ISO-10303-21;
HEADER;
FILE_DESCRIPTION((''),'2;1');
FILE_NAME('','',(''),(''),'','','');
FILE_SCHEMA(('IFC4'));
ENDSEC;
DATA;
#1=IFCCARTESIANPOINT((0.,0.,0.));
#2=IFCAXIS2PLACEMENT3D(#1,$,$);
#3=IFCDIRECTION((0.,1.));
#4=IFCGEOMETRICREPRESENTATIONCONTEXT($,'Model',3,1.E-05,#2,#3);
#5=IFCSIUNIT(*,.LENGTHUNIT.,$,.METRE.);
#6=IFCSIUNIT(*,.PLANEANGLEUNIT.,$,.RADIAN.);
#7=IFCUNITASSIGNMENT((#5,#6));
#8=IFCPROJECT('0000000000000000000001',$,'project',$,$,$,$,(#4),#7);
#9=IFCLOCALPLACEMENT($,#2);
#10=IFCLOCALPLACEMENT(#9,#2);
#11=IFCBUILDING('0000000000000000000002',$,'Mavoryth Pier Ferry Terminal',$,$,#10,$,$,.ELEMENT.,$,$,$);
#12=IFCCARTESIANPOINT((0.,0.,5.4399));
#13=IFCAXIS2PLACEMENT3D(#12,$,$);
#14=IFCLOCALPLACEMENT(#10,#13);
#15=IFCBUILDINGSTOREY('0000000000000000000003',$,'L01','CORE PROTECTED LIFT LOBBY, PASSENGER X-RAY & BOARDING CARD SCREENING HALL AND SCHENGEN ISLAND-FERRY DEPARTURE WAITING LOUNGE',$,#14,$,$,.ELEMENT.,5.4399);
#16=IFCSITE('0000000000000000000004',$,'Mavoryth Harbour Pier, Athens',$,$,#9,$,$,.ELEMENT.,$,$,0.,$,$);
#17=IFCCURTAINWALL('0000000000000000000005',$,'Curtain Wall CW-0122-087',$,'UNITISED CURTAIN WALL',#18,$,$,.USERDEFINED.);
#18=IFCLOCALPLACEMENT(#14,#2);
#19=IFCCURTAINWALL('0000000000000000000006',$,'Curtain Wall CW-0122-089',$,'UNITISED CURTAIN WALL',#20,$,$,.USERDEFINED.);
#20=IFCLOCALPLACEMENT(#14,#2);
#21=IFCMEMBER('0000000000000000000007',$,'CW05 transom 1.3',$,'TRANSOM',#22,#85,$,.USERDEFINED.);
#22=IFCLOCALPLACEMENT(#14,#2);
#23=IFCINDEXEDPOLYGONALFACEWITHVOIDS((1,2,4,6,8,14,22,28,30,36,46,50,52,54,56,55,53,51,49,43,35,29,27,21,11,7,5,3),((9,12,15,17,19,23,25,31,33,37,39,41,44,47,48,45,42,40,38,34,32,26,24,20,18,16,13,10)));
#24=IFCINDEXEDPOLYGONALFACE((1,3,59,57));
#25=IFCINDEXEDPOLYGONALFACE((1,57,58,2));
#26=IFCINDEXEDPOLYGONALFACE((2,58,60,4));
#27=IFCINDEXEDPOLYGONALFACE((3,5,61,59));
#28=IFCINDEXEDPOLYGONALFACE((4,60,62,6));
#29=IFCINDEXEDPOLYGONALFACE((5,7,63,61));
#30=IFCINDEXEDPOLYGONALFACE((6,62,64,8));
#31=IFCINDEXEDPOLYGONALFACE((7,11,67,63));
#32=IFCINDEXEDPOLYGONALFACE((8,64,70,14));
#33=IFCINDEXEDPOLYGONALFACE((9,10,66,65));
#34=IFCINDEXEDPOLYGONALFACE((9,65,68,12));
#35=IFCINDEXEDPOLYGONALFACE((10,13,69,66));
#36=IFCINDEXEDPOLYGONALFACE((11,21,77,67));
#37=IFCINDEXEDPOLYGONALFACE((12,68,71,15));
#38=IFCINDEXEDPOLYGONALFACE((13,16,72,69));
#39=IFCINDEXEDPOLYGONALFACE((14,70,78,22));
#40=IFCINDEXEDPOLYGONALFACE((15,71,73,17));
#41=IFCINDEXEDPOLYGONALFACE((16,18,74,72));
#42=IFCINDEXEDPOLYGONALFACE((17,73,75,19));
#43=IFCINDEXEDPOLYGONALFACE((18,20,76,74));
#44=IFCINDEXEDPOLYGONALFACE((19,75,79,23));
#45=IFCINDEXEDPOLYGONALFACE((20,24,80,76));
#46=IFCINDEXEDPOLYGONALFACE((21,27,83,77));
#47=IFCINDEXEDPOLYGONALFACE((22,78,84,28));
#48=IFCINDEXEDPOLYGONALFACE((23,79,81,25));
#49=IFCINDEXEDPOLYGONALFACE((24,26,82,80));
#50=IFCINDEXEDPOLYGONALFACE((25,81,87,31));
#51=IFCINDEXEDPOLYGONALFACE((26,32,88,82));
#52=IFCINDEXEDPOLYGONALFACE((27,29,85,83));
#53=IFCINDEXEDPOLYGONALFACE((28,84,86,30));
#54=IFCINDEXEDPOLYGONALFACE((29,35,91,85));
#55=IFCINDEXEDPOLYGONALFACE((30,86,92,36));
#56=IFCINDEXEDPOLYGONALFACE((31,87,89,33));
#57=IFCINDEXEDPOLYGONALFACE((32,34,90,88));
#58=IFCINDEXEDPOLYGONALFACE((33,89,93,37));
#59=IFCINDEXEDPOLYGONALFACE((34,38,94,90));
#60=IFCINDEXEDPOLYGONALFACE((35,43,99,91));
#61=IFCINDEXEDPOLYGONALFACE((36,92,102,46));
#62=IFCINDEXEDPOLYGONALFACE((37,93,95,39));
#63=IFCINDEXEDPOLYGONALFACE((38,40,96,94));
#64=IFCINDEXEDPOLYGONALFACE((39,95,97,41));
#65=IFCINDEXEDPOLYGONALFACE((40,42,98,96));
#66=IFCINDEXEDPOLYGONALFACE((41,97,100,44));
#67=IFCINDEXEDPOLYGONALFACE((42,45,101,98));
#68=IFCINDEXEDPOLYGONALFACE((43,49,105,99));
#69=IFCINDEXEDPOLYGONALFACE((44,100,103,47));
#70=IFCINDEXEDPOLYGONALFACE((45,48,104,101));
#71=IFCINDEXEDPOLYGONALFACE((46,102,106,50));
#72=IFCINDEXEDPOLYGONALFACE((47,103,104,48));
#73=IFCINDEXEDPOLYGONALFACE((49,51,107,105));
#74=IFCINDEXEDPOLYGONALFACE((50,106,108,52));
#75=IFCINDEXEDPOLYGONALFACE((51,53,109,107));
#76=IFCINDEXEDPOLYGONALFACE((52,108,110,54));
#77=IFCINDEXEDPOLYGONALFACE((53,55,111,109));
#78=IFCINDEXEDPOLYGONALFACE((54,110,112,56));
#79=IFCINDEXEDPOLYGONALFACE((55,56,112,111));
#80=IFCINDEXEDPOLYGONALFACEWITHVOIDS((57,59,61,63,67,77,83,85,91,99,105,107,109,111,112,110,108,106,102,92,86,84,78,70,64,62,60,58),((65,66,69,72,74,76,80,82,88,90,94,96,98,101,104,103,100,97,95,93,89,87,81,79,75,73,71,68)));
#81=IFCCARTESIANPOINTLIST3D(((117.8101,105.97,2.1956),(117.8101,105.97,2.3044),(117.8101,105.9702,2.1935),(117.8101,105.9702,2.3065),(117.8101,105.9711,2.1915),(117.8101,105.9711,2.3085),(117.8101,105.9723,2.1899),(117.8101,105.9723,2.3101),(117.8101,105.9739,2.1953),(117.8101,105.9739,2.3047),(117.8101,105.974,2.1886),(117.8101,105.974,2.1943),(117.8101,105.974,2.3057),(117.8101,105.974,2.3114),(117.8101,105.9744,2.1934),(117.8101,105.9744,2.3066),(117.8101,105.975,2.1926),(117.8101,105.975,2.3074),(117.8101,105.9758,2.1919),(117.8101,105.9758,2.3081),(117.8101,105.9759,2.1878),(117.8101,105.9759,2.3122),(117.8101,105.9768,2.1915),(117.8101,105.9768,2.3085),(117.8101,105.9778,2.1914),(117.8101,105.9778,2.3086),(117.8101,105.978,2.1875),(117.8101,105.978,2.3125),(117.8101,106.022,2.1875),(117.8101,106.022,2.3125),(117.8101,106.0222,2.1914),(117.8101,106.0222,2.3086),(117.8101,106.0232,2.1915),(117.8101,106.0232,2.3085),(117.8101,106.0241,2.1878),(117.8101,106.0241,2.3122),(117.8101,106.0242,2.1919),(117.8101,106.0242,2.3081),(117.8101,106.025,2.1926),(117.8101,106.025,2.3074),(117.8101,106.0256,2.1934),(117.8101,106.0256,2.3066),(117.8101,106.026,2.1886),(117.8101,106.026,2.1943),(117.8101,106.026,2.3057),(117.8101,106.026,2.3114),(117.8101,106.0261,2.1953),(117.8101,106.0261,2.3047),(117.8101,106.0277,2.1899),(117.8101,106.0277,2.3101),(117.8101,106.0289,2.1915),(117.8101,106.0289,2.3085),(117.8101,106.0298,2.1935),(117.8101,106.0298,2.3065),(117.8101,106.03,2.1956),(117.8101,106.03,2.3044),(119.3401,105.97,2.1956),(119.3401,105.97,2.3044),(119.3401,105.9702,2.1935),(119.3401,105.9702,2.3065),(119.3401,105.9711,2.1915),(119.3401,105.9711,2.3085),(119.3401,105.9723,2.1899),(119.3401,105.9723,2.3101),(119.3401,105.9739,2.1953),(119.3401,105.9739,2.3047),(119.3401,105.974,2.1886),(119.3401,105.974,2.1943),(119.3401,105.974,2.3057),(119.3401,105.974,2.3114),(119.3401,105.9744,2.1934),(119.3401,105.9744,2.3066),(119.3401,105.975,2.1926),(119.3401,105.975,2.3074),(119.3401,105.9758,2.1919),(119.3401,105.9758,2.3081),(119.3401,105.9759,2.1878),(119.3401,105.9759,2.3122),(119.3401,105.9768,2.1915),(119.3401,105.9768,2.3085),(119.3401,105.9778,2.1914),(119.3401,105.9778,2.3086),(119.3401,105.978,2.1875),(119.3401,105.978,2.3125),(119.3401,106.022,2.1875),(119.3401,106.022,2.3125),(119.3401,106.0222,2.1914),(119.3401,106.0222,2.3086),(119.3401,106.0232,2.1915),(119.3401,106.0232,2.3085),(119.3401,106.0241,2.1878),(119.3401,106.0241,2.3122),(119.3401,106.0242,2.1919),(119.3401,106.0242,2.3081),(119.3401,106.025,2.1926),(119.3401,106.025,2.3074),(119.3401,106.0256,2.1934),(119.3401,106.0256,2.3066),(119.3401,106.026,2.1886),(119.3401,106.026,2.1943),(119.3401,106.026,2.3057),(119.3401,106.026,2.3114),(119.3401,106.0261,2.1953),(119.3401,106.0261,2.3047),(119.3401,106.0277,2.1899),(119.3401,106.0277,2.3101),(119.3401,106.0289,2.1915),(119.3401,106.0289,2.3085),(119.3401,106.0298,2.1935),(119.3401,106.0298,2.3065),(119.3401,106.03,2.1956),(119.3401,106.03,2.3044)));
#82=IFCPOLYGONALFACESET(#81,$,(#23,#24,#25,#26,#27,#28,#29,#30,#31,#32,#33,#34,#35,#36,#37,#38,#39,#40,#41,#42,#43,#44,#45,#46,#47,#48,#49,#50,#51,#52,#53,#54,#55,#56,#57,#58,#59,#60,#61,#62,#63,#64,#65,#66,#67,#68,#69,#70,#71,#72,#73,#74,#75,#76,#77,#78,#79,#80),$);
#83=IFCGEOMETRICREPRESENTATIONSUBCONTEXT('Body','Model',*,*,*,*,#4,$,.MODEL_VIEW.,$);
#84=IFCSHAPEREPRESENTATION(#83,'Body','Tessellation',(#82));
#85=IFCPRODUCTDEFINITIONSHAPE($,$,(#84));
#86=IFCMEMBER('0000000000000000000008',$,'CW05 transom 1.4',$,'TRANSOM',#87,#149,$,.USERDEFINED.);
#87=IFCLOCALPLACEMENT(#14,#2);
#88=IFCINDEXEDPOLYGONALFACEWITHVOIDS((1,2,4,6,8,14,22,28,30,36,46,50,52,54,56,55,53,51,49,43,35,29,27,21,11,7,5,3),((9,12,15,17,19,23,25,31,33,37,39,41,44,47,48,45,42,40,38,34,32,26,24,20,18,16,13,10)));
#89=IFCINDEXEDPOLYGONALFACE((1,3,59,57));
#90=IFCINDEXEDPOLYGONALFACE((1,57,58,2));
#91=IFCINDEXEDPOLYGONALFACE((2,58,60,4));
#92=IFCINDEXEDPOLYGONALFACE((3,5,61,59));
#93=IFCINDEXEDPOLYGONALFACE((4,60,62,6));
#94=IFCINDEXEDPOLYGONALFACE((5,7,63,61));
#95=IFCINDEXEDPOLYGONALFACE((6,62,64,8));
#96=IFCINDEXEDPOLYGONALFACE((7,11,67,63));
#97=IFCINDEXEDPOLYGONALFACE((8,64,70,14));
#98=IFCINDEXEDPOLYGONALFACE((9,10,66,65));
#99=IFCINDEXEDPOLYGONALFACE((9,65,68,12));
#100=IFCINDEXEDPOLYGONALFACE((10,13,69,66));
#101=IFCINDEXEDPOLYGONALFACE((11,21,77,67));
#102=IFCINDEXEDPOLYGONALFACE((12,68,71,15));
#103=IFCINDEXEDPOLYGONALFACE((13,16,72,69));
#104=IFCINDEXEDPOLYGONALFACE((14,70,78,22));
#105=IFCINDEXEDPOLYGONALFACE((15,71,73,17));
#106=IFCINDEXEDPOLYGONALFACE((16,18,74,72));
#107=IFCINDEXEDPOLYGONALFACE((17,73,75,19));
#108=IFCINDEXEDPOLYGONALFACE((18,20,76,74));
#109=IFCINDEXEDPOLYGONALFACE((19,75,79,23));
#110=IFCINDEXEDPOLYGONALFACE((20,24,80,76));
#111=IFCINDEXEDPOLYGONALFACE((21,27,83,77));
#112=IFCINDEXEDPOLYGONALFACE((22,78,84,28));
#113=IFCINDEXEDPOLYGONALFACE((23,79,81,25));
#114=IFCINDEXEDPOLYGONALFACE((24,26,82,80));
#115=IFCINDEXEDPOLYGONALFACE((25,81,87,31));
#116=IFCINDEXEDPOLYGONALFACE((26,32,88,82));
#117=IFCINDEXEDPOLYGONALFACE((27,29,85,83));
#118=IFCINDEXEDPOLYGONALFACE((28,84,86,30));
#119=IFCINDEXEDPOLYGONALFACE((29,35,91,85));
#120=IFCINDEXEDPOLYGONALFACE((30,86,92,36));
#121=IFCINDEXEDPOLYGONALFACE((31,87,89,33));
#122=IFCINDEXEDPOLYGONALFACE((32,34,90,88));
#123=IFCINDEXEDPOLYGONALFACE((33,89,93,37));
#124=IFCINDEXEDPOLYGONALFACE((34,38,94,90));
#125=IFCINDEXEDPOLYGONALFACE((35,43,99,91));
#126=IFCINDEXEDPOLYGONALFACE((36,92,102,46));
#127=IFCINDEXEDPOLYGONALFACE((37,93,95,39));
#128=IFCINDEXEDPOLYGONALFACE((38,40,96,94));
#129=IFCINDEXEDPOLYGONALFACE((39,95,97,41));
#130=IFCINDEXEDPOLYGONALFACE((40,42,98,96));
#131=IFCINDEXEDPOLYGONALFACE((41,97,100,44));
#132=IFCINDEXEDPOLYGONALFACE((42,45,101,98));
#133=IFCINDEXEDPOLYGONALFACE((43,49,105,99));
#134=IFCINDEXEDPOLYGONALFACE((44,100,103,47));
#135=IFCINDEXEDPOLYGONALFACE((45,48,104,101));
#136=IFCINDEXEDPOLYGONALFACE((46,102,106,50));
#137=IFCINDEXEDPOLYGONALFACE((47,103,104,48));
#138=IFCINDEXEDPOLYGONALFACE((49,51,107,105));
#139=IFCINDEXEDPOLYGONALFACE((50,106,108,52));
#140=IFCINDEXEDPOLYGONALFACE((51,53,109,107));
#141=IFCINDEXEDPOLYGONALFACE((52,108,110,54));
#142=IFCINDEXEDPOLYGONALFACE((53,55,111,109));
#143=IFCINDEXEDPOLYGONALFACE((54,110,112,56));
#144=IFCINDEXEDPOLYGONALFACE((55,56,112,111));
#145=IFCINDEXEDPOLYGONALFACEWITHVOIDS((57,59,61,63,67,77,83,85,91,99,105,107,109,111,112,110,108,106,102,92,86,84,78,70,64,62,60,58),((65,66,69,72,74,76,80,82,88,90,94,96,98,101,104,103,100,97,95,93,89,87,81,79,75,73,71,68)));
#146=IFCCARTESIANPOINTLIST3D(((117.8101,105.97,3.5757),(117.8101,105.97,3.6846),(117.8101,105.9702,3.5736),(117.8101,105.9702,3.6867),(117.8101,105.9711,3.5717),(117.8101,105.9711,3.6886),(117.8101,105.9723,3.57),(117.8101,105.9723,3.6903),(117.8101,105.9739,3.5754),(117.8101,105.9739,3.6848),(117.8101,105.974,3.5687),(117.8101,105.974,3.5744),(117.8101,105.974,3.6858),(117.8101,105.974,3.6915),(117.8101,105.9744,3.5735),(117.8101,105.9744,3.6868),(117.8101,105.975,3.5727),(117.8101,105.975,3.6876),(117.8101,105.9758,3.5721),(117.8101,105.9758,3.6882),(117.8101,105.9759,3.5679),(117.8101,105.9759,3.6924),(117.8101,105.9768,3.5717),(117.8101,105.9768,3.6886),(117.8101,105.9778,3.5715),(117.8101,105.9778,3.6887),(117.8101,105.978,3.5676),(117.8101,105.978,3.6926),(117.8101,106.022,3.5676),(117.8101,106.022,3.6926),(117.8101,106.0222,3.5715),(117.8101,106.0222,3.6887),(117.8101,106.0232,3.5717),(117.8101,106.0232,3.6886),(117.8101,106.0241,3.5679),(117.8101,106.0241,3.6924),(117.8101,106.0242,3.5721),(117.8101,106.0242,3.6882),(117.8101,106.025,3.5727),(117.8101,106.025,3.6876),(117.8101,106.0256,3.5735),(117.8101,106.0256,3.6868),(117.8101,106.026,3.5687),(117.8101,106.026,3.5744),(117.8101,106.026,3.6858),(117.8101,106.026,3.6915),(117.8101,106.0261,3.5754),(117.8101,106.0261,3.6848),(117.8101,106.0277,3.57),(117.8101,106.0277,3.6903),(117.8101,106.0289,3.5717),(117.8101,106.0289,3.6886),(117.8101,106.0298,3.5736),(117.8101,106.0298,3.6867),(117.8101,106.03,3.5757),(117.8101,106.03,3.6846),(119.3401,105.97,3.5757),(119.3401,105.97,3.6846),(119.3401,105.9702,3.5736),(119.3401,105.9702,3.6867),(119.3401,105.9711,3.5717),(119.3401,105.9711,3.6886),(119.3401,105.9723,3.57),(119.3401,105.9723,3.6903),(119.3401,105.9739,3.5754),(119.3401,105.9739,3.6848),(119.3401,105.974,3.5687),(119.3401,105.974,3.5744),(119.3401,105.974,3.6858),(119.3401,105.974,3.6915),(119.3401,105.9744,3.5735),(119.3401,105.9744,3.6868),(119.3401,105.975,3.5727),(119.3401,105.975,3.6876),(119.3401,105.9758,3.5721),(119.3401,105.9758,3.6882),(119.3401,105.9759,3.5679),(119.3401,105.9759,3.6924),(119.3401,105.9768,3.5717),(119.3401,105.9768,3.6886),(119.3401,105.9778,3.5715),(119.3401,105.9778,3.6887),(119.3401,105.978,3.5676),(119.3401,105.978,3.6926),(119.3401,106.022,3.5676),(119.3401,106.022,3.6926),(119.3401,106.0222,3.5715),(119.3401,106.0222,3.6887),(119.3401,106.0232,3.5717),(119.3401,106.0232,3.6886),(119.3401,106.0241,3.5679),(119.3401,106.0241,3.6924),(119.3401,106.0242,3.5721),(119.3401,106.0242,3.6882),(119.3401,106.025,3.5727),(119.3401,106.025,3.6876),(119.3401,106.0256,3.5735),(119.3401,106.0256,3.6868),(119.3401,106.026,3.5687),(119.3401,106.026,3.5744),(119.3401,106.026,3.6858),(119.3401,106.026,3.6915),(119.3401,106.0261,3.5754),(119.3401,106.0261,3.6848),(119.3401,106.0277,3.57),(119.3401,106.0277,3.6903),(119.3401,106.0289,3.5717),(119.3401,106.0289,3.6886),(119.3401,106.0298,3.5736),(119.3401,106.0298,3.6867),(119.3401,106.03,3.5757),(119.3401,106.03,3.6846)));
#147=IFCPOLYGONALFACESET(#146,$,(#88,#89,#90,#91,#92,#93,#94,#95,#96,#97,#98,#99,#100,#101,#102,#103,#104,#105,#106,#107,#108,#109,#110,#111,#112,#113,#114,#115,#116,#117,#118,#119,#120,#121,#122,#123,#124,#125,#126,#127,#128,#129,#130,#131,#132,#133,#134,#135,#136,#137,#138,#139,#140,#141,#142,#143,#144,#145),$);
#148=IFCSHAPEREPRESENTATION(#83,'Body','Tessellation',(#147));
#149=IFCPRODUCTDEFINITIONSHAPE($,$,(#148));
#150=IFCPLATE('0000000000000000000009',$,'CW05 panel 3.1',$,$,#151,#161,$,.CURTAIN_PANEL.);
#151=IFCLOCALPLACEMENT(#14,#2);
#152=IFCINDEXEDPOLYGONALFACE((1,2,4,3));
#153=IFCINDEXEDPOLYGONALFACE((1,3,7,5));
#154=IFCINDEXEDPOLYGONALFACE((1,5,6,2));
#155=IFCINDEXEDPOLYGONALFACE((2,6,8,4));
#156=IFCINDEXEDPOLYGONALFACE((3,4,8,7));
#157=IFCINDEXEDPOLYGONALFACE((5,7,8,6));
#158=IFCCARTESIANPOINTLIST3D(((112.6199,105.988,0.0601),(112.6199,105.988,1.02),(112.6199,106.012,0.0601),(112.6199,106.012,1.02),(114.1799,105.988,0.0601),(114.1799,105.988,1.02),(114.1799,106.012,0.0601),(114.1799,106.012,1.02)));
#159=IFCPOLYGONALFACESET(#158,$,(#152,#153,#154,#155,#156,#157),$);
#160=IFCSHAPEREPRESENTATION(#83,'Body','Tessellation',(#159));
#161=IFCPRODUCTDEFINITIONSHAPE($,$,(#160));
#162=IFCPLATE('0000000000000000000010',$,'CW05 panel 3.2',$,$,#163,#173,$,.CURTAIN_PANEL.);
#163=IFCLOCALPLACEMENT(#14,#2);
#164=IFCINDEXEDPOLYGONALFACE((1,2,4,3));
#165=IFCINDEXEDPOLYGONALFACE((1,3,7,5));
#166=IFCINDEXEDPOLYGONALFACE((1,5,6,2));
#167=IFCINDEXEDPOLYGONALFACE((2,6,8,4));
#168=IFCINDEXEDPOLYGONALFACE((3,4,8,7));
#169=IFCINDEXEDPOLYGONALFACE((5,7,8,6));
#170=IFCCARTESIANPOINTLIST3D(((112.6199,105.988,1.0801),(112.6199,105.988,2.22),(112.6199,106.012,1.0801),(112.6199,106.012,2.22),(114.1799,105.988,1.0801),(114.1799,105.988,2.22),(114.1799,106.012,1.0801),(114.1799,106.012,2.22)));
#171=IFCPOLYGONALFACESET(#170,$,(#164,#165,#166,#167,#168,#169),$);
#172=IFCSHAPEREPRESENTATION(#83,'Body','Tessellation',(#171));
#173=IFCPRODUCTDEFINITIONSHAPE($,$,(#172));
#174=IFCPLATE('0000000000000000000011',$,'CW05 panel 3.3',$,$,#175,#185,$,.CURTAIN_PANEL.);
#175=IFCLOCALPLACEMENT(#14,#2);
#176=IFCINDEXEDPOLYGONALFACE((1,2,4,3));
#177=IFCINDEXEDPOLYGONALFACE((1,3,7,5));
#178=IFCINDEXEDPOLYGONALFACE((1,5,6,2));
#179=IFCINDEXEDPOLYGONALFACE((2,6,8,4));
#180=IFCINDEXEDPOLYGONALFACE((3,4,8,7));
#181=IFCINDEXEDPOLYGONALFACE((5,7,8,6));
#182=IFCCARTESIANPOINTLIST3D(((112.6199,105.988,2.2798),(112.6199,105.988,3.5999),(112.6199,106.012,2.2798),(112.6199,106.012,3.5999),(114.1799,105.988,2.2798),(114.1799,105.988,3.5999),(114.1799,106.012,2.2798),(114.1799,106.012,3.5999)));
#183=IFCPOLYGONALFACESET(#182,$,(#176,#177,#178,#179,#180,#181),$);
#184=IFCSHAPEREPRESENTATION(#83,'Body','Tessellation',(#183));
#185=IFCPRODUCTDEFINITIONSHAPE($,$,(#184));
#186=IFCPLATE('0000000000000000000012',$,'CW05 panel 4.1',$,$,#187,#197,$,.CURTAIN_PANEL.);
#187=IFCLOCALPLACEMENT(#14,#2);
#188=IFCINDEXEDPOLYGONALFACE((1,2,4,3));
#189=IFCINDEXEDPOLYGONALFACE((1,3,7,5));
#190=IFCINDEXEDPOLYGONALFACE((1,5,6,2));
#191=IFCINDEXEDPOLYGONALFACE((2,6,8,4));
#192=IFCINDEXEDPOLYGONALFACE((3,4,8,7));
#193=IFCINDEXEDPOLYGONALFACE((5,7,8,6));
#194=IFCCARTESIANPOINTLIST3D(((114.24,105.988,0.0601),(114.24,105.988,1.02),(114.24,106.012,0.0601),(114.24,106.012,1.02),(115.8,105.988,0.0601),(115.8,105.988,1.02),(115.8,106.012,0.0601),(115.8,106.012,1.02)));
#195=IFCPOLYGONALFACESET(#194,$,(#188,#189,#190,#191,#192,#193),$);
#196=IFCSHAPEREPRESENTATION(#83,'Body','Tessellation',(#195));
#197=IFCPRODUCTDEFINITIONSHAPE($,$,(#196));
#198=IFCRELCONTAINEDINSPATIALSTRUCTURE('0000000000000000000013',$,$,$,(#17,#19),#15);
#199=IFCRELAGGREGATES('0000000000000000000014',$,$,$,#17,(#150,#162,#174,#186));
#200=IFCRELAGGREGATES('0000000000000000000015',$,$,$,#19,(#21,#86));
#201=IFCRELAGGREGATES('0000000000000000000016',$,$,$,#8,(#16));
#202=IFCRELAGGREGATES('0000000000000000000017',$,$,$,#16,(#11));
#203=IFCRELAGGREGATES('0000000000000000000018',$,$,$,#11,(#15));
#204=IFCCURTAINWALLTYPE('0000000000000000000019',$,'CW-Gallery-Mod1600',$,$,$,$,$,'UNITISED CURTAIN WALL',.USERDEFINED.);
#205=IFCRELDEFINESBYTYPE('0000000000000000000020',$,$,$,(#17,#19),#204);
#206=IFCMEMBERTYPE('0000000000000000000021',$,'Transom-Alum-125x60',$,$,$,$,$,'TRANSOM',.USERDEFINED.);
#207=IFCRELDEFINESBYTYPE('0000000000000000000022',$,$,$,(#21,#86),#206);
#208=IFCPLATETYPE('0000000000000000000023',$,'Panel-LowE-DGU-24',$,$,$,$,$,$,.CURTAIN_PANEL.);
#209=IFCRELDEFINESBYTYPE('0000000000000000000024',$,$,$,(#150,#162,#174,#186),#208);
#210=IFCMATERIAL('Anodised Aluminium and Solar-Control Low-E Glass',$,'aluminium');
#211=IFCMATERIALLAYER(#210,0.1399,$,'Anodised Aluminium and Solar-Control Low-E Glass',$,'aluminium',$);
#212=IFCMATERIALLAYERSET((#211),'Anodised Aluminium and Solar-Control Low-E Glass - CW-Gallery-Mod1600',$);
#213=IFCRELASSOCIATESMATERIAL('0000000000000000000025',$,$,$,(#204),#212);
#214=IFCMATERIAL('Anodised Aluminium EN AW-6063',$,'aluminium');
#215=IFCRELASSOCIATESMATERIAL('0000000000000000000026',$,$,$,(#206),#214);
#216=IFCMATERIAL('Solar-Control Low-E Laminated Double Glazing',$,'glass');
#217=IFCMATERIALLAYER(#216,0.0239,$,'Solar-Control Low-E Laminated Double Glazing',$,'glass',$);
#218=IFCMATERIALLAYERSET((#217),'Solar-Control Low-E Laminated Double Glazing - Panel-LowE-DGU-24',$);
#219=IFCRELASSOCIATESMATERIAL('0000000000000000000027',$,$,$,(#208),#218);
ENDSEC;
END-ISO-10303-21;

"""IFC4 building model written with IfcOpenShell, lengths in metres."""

from ifc_helpers import new_model, si_unit, direction, frame, origin, origin_2d, place, context, subcontext, project, spatial, rectangle, hollow_rectangle, extrude, material, layer, layer_set, material_profile, profile_set, type_object, element, aggregate, save


model = new_model("IFC4")

# Units and contexts
model_context = context("Model", 3, precision=1e-05, world=origin(), true_north=direction((0.0, 1.0)))
body_context = subcontext(model_context, "Body", "Model", "MODEL_VIEW")
ifc_project = project(units=[si_unit("LENGTHUNIT", "METRE"), si_unit("PLANEANGLEUNIT", "RADIAN")], contexts=[model_context])

# Site, building, storey
site_placement = place(None, origin())
site = spatial("IfcSite", under=ifc_project, at=site_placement, Name="Mavoryth Harbour Pier, Athens", CompositionType="ELEMENT", RefElevation=0.0)
building_placement = place(site_placement, origin())
building = spatial("IfcBuilding", under=site, at=building_placement, Name="Mavoryth Pier Ferry Terminal", CompositionType="ELEMENT")
storey_placement = place(building_placement, frame((0.0, 0.0, 5.4399)))
storey = spatial("IfcBuildingStorey", under=building, at=storey_placement, Name="L01", Description="CORE PROTECTED LIFT LOBBY, PASSENGER X-RAY & BOARDING CARD SCREENING HALL AND SCHENGEN ISLAND-FERRY DEPARTURE WAITING LOUNGE", CompositionType="ELEMENT", Elevation=5.4399)

# Curtain wall
ifc_material_1 = material(Name="Anodised Aluminium and Solar-Control Low-E Glass", Category="aluminium")
ifc_layer_1 = layer(ifc_material_1, 0.1399, Name="Anodised Aluminium and Solar-Control Low-E Glass", Category="aluminium")
ifc_layer_set_1 = layer_set([ifc_layer_1], Name="Anodised Aluminium and Solar-Control Low-E Glass - CW-Gallery-Mod1600")
curtain_wall_type = type_object("IfcCurtainWallType", Name="CW-Gallery-Mod1600", ElementType="UNITISED CURTAIN WALL", PredefinedType="USERDEFINED", material=ifc_layer_set_1)
curtain_wall_1_placement = place(storey_placement, origin())
curtain_wall_1 = element("IfcCurtainWall", 1, at=curtain_wall_1_placement, inside=storey, type_object=curtain_wall_type, Name="Curtain Wall CW-0122-087", ObjectType="UNITISED CURTAIN WALL", PredefinedType="USERDEFINED")
ifc_material_2 = material(Name="Anodised Aluminium EN AW-6063", Category="aluminium")

# Curtain wall
curtain_wall_2_placement = place(storey_placement, origin())
curtain_wall_2 = element("IfcCurtainWall", 2, at=curtain_wall_2_placement, inside=storey, type_object=curtain_wall_type, Name="Curtain Wall CW-0122-089", ObjectType="UNITISED CURTAIN WALL", PredefinedType="USERDEFINED")

# Members
ifc_material_profile_1 = material_profile(ifc_material_2, hollow_rectangle(XDim=0.0601, YDim=0.125, WallThickness=0.0039, InnerFilletRadius=0.0039, OuterFilletRadius=0.0081, at=origin_2d()), Name="AL-TRAN 125x60x4", Category="aluminium")
ifc_profile_set_1 = profile_set([ifc_material_profile_1], Name="Anodised Aluminium EN AW-6063 - AL-TRAN 125x60x4")
member_type_1 = type_object("IfcMemberType", Name="Transom-Alum-125x60", ElementType="TRANSOM", PredefinedType="USERDEFINED", material=ifc_profile_set_1)
member_1_placement = place(storey_placement, frame((117.8101, 106.0, 2.25), z_axis=(1.0, 0.0, 0.0), x_axis=(0.0, 1.0, 0.0)))
member_1 = element("IfcMember", 3, at=member_1_placement, type_object=member_type_1, Name="CW05 transom 1.3", ObjectType="TRANSOM", PredefinedType="USERDEFINED", context=body_context, shape_type="SweptSolid", body=[
    extrude(hollow_rectangle(XDim=0.0601, YDim=0.125, WallThickness=0.0039, InnerFilletRadius=0.0039, OuterFilletRadius=0.0081, at=origin_2d()), origin(), (0.0, 0.0, 1.0), 1.53),
])
member_2_placement = place(storey_placement, frame((117.8101, 106.0, 3.6301), z_axis=(1.0, 0.0, 0.0), x_axis=(0.0, 1.0, 0.0)))
member_2 = element("IfcMember", 4, at=member_2_placement, type_object=member_type_1, Name="CW05 transom 1.4", ObjectType="TRANSOM", PredefinedType="USERDEFINED", context=body_context, shape_type="SweptSolid", body=[
    extrude(hollow_rectangle(XDim=0.0601, YDim=0.125, WallThickness=0.0039, InnerFilletRadius=0.0039, OuterFilletRadius=0.0081, at=origin_2d()), origin(), (0.0, 0.0, 1.0), 1.53),
])

# Plates
ifc_material_3 = material(Name="Solar-Control Low-E Laminated Double Glazing", Category="glass")
ifc_layer_2 = layer(ifc_material_3, 0.0239, Name="Solar-Control Low-E Laminated Double Glazing", Category="glass")
ifc_layer_set_2 = layer_set([ifc_layer_2], Name="Solar-Control Low-E Laminated Double Glazing - Panel-LowE-DGU-24")
plate_type = type_object("IfcPlateType", Name="Panel-LowE-DGU-24", PredefinedType="CURTAIN_PANEL", material=ifc_layer_set_2)
plate_1_placement = place(storey_placement, frame((113.3999, 106.0, 0.0601), z_axis=(0.0, 0.0, 1.0), x_axis=(1.0, 0.0, 0.0)))
plate_1 = element("IfcPlate", 5, at=plate_1_placement, type_object=plate_type, Name="CW05 panel 3.1", PredefinedType="CURTAIN_PANEL", context=body_context, shape_type="SweptSolid", body=[
    extrude(rectangle(XDim=1.5601, YDim=0.0239, at=origin_2d()), origin(), (0.0, 0.0, 1.0), 0.96),
])
plate_2_placement = place(storey_placement, frame((113.3999, 106.0, 1.0801), z_axis=(0.0, 0.0, 1.0), x_axis=(1.0, 0.0, 0.0)))
plate_2 = element("IfcPlate", 6, at=plate_2_placement, type_object=plate_type, Name="CW05 panel 3.2", PredefinedType="CURTAIN_PANEL", context=body_context, shape_type="SweptSolid", body=[
    extrude(rectangle(XDim=1.5601, YDim=0.0239, at=origin_2d()), origin(), (0.0, 0.0, 1.0), 1.1399),
])
plate_3_placement = place(storey_placement, frame((113.3999, 106.0, 2.2798), z_axis=(0.0, 0.0, 1.0), x_axis=(1.0, 0.0, 0.0)))
plate_3 = element("IfcPlate", 7, at=plate_3_placement, type_object=plate_type, Name="CW05 panel 3.3", PredefinedType="CURTAIN_PANEL", context=body_context, shape_type="SweptSolid", body=[
    extrude(rectangle(XDim=1.5601, YDim=0.0239, at=origin_2d()), origin(), (0.0, 0.0, 1.0), 1.3201),
])
plate_4_placement = place(storey_placement, frame((115.02, 106.0, 0.0601), z_axis=(0.0, 0.0, 1.0), x_axis=(1.0, 0.0, 0.0)))
plate_4 = element("IfcPlate", 8, at=plate_4_placement, type_object=plate_type, Name="CW05 panel 4.1", PredefinedType="CURTAIN_PANEL", context=body_context, shape_type="SweptSolid", body=[
    extrude(rectangle(XDim=1.5601, YDim=0.0239, at=origin_2d()), origin(), (0.0, 0.0, 1.0), 0.96),
])
aggregate(curtain_wall_1, [plate_1, plate_2, plate_3, plate_4])
aggregate(curtain_wall_2, [member_1, member_2])

save(model, "model.ifc")
